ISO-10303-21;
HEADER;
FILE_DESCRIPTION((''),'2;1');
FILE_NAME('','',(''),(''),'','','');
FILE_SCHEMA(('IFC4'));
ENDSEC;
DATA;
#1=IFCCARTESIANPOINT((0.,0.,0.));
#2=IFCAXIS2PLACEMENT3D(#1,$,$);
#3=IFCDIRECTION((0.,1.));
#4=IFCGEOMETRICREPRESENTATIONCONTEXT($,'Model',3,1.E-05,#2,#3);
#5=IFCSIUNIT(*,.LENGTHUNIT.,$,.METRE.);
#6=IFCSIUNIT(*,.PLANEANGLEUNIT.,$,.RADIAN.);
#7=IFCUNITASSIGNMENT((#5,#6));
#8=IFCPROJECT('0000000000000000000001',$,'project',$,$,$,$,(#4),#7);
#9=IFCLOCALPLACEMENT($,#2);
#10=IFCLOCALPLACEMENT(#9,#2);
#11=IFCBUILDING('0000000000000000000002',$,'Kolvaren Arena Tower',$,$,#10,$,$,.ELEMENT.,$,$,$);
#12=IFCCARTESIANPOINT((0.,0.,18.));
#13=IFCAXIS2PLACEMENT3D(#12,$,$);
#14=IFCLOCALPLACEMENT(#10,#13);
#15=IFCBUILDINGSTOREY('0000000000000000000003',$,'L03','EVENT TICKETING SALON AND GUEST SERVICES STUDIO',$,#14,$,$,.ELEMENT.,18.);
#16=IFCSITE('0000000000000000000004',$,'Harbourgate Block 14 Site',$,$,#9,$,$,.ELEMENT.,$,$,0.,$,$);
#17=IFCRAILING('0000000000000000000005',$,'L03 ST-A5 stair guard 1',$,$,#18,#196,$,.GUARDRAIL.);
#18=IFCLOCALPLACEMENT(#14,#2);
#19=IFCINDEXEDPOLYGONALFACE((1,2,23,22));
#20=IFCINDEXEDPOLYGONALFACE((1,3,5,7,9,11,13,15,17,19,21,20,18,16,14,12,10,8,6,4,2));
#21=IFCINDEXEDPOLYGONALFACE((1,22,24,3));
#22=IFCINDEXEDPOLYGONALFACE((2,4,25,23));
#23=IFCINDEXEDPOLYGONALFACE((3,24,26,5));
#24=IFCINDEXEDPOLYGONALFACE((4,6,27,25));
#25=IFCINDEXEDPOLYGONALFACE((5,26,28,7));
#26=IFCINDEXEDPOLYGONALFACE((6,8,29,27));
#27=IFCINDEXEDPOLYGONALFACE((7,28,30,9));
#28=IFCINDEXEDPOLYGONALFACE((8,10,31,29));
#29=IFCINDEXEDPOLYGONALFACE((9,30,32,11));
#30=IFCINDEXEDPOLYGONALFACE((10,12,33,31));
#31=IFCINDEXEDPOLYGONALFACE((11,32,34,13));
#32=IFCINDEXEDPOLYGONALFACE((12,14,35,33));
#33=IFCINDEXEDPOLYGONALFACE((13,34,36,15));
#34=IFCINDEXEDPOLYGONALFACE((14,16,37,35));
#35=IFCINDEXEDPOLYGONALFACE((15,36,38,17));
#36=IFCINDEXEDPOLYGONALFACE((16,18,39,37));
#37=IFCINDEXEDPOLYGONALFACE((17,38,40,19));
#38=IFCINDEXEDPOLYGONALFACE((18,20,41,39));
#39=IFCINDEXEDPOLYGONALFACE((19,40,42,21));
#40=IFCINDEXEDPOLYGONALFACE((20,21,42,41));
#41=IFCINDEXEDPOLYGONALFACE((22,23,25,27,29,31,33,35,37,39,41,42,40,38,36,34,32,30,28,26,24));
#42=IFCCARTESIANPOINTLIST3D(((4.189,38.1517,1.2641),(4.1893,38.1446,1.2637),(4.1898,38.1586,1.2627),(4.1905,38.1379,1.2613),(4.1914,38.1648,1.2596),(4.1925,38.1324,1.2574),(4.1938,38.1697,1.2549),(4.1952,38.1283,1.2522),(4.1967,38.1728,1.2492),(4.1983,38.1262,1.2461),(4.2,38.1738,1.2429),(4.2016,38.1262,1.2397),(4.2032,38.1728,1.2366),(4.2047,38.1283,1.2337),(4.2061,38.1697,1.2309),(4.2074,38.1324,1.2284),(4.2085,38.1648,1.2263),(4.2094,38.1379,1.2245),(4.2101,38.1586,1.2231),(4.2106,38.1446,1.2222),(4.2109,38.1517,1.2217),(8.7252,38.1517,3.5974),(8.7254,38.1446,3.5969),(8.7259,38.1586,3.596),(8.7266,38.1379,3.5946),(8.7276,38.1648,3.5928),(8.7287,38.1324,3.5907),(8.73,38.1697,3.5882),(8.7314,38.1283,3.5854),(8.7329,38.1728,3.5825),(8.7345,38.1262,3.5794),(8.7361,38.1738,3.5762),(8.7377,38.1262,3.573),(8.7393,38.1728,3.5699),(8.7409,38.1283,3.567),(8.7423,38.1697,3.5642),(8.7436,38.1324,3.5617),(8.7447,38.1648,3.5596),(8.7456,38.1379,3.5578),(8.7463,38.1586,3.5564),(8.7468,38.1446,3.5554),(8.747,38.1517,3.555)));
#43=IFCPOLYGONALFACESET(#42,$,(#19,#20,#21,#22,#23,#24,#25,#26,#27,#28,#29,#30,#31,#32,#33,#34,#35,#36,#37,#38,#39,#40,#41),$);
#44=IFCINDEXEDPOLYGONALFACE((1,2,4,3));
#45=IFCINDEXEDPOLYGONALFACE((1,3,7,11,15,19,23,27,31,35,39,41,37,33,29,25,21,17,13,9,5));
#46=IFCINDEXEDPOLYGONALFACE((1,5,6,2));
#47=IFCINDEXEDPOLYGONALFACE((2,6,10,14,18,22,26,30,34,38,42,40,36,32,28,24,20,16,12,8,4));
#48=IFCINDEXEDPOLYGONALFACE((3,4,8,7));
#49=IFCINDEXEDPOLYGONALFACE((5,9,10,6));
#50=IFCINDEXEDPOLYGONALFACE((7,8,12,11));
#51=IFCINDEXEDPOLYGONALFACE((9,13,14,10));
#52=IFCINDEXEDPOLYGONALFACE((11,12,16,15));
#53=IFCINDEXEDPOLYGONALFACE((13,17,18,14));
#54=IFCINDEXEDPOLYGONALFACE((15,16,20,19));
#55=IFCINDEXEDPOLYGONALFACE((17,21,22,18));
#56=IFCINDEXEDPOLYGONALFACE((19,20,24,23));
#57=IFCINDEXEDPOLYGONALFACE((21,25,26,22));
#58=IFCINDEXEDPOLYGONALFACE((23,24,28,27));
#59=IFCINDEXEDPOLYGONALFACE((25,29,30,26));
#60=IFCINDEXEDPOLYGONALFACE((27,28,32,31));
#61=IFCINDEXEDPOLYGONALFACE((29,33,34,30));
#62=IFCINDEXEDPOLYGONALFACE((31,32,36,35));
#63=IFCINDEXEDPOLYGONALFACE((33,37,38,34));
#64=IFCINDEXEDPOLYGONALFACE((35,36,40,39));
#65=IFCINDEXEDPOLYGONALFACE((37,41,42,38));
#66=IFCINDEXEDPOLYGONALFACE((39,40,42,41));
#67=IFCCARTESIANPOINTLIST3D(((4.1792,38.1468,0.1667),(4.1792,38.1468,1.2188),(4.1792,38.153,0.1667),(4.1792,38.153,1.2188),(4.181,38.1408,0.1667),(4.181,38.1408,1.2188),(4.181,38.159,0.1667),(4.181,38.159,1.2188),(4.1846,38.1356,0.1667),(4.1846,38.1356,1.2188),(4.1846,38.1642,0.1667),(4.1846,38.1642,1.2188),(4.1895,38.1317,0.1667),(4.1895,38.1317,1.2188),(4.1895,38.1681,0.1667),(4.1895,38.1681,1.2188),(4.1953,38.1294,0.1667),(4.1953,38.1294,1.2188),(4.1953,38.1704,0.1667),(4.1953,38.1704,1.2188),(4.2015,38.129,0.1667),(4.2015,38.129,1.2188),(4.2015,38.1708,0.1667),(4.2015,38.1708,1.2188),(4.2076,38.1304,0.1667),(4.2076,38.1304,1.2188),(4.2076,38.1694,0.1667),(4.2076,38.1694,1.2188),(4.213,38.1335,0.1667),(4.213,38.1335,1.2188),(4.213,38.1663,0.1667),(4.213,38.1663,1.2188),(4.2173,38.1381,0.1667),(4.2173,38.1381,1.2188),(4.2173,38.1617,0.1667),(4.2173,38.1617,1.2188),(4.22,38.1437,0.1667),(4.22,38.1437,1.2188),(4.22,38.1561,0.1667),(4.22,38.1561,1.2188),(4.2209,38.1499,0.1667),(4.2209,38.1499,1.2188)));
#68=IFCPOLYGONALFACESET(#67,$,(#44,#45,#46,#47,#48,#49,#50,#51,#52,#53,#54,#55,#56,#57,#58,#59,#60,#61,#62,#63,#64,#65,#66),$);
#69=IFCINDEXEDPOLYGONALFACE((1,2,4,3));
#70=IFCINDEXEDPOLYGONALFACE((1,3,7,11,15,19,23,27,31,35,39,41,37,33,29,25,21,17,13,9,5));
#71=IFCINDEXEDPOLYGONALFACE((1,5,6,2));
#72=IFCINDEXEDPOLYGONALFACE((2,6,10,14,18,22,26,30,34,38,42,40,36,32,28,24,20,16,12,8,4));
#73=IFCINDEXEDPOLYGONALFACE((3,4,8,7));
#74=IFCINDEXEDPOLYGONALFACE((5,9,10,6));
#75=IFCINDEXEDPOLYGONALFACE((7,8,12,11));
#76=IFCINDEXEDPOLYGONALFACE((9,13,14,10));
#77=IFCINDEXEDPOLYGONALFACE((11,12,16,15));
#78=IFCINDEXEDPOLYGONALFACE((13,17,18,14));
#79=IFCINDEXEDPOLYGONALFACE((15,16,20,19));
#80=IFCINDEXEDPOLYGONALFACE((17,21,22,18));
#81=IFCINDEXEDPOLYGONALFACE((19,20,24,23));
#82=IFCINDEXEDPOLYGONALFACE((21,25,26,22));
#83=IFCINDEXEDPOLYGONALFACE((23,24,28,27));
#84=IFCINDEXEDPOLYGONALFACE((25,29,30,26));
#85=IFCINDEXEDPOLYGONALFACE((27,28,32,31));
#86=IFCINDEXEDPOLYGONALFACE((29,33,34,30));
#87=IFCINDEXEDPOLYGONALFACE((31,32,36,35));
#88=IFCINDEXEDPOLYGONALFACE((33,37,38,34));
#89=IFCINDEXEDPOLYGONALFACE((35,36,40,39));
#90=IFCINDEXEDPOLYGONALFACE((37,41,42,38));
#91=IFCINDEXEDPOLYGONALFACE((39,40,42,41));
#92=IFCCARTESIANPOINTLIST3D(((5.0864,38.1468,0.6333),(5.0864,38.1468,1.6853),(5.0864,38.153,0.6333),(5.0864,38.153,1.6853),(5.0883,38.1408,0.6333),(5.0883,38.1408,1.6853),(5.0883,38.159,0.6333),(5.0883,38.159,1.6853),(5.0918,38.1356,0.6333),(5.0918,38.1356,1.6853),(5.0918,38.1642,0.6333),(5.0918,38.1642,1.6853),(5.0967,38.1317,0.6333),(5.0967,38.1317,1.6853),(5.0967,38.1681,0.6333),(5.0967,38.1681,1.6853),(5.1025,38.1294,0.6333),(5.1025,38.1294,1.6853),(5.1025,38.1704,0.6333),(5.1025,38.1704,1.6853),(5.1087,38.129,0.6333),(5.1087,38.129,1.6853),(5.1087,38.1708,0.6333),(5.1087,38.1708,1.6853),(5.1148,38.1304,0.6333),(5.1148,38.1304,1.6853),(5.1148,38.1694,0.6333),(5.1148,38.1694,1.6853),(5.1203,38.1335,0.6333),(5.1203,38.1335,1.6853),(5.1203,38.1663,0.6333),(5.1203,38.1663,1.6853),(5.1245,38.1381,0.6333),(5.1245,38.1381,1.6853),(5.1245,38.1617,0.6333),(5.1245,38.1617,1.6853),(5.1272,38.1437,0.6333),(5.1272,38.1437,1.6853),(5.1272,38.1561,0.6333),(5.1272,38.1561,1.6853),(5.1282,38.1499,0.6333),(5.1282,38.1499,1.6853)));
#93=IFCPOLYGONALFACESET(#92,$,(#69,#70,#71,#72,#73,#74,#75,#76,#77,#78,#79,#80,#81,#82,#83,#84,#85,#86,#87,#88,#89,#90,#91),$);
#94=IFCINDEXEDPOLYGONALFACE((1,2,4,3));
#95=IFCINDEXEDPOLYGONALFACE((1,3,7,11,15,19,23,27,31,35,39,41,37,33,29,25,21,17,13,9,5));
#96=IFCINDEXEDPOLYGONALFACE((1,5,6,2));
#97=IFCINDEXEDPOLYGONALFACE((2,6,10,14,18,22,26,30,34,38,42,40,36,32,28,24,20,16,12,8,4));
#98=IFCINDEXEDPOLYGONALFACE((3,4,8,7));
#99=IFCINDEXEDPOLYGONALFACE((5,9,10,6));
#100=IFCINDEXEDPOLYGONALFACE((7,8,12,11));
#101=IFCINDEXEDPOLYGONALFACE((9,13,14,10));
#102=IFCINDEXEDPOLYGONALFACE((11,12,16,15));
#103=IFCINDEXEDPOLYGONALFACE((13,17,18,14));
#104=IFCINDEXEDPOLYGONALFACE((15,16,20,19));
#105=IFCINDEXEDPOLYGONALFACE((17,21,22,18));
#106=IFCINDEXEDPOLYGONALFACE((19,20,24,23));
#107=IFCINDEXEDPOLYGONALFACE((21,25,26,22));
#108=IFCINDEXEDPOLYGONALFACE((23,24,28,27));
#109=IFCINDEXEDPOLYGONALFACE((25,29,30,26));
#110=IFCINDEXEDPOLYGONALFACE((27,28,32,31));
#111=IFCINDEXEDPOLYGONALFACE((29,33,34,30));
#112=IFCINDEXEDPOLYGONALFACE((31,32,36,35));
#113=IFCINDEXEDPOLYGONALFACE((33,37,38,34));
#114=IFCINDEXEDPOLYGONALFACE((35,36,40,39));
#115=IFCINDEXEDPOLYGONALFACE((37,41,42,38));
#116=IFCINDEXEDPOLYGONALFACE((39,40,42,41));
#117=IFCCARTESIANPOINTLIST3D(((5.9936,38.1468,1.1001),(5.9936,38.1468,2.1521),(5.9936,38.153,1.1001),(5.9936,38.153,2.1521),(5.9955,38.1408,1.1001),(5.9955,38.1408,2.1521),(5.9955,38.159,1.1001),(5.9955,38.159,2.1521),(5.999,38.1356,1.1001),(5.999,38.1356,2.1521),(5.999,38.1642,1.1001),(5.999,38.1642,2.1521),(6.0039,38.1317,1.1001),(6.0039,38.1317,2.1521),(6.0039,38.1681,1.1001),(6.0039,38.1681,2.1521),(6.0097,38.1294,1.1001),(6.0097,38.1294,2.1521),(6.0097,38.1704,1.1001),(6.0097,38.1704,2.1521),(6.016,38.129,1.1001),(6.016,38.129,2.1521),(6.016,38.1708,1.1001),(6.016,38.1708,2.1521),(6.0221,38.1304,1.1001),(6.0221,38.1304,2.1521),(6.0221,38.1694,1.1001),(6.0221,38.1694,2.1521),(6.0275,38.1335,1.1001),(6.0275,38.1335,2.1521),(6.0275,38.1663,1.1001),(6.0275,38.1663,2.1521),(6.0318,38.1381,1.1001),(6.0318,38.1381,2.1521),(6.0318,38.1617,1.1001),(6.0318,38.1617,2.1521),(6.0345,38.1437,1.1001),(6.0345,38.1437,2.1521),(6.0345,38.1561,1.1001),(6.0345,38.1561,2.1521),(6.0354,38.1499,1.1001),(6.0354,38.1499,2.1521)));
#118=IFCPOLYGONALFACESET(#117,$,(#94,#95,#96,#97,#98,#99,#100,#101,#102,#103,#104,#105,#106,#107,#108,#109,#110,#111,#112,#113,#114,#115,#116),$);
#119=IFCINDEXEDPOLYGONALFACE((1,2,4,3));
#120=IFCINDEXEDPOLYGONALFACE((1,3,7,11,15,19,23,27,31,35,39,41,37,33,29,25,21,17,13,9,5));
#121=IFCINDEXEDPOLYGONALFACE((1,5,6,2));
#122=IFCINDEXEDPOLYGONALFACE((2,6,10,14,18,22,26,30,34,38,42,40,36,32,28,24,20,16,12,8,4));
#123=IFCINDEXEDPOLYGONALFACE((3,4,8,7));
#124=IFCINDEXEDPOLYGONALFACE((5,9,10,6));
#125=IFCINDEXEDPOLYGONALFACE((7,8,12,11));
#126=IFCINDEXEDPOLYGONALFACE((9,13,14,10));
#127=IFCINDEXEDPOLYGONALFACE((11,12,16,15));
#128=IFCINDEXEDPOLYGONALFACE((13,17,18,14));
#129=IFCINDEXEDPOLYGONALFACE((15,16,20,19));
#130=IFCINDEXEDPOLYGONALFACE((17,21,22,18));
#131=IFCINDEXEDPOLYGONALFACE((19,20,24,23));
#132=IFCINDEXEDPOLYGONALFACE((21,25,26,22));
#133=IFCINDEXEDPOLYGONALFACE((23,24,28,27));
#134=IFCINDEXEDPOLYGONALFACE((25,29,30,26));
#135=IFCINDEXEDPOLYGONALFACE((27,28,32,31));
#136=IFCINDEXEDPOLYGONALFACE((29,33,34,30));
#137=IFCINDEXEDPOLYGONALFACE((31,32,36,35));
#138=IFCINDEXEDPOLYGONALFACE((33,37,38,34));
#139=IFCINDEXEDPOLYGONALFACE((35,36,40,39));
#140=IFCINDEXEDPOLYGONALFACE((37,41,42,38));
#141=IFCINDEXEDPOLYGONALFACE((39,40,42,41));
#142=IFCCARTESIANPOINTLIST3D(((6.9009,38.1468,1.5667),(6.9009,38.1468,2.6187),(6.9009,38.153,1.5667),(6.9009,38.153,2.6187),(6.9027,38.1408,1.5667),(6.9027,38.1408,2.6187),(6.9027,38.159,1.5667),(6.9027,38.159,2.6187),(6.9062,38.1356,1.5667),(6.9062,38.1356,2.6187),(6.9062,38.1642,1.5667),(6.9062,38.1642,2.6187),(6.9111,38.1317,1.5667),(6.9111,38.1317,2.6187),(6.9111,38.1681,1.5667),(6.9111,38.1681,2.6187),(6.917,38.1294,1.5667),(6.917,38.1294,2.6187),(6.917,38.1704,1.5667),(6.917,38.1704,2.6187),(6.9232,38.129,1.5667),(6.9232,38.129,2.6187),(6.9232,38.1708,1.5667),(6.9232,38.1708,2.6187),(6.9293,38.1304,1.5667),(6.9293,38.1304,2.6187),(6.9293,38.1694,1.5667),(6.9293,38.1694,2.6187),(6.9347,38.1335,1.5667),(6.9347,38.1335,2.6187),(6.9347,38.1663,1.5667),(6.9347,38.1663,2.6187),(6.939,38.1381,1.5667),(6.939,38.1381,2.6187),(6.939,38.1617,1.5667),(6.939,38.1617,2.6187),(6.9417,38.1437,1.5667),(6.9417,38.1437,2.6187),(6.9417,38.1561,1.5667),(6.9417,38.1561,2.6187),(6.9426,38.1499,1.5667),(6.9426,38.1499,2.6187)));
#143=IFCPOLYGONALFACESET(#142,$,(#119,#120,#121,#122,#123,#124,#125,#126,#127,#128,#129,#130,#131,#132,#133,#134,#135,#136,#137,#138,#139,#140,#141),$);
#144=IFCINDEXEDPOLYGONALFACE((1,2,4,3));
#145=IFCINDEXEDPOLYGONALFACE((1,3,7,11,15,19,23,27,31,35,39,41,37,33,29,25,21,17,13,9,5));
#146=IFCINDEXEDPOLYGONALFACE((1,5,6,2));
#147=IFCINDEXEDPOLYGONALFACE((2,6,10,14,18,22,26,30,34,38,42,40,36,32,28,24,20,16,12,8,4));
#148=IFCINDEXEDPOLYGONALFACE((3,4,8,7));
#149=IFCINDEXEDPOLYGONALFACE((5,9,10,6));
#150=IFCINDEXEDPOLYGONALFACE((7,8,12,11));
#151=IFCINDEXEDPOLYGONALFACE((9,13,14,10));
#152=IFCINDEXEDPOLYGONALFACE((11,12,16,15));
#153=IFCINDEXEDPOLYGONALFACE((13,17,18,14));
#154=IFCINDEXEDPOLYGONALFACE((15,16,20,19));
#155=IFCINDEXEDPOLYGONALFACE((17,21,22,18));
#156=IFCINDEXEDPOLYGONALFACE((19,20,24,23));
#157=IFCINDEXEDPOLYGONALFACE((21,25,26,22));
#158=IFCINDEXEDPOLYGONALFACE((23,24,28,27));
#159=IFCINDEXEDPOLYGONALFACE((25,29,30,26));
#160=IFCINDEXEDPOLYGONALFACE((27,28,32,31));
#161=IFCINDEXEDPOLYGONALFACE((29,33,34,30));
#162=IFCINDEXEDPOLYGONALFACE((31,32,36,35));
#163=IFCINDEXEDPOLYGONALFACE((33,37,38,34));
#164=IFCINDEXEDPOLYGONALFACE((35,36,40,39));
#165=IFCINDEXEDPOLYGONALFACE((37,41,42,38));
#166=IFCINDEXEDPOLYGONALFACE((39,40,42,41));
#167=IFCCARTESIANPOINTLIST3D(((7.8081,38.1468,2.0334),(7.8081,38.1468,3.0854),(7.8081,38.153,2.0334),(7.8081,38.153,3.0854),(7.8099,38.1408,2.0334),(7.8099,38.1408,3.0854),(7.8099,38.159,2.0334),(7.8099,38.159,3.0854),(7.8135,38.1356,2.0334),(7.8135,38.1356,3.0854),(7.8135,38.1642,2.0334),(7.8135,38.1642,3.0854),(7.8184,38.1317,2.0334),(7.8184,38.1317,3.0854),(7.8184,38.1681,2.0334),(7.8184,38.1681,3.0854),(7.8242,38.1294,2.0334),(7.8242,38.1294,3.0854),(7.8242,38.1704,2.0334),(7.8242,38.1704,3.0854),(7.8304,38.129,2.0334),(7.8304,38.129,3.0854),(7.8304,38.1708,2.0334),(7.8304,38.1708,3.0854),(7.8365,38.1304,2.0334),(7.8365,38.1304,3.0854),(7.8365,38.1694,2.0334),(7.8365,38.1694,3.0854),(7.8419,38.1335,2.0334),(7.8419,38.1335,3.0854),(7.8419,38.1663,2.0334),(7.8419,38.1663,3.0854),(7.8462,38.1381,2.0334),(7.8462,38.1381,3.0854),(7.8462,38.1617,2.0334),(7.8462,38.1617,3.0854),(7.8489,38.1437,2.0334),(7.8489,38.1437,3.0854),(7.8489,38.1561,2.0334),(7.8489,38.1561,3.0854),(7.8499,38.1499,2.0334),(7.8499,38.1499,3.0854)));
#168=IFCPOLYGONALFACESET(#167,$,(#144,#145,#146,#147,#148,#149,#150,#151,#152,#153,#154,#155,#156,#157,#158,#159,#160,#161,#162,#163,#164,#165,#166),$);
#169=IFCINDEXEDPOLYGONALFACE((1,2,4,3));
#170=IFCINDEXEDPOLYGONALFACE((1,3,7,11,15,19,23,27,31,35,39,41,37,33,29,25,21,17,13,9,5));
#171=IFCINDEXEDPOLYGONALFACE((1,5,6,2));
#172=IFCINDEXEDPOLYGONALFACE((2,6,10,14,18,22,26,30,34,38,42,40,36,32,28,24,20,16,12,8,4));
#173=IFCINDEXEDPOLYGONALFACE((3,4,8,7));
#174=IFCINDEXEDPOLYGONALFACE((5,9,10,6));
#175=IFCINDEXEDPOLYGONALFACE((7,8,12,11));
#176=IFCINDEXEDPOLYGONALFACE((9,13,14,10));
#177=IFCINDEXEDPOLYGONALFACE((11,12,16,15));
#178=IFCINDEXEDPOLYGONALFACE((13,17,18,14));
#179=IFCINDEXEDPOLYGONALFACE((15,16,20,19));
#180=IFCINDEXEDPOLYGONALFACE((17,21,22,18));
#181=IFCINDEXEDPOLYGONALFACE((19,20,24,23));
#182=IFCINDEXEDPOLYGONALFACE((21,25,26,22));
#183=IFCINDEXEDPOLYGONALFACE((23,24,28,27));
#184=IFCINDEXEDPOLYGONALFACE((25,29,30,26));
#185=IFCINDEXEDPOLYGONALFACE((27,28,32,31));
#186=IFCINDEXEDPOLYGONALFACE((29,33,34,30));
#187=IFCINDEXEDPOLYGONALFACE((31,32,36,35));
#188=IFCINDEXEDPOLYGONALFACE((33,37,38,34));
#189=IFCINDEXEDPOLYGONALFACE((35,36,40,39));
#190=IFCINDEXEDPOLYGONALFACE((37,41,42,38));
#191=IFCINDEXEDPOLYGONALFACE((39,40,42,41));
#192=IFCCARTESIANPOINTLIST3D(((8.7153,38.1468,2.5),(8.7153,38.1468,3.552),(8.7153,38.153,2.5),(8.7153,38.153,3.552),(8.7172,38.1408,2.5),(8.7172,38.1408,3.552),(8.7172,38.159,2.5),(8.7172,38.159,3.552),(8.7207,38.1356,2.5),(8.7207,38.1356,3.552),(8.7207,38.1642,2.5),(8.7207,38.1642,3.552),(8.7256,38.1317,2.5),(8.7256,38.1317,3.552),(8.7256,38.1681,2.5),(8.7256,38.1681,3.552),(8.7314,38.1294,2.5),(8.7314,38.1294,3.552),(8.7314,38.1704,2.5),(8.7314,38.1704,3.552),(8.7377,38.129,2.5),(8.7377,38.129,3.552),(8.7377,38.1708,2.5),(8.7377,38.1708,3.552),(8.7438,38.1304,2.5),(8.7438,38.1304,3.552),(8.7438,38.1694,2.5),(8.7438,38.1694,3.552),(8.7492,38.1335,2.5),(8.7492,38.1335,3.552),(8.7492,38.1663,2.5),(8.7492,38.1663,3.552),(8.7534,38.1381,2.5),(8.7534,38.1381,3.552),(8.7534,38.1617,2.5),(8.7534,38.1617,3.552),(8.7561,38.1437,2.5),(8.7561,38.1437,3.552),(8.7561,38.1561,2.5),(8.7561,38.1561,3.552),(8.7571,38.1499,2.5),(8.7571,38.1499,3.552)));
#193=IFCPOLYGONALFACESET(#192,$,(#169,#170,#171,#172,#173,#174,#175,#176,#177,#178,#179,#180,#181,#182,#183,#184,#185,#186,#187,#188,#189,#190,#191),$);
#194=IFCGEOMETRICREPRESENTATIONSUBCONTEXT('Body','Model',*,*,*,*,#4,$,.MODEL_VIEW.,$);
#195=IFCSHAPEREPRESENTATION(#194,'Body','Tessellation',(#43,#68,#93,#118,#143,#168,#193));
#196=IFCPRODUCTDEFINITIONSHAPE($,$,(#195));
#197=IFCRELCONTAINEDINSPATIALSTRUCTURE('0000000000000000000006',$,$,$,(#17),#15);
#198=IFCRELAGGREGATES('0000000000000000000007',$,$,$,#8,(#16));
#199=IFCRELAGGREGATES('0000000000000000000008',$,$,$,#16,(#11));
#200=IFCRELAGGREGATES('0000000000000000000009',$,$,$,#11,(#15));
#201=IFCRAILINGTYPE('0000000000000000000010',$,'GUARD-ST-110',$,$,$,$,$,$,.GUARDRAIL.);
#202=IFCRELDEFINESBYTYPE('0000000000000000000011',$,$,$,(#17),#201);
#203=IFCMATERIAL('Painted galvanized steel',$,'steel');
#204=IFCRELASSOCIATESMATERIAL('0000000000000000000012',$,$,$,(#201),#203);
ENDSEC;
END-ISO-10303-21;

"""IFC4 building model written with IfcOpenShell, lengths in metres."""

from ifc_helpers import new_model, si_unit, direction, frame, origin, origin_2d, place, context, subcontext, project, spatial, circle, extrude, material, type_object, element, save


model = new_model("IFC4")

# Units and contexts
model_context = context("Model", 3, precision=1e-05, world=origin(), true_north=direction((0.0, 1.0)))
body_context = subcontext(model_context, "Body", "Model", "MODEL_VIEW")
ifc_project = project(units=[si_unit("LENGTHUNIT", "METRE"), si_unit("PLANEANGLEUNIT", "RADIAN")], contexts=[model_context])

# Site, building, storey
site_placement = place(None, origin())
site = spatial("IfcSite", under=ifc_project, at=site_placement, Name="Harbourgate Block 14 Site", CompositionType="ELEMENT", RefElevation=0.0)
building_placement = place(site_placement, origin())
building = spatial("IfcBuilding", under=site, at=building_placement, Name="Kolvaren Arena Tower", CompositionType="ELEMENT")
storey_placement = place(building_placement, frame((0.0, 0.0, 18.0)))
storey = spatial("IfcBuildingStorey", under=building, at=storey_placement, Name="L03", Description="EVENT TICKETING SALON AND GUEST SERVICES STUDIO", CompositionType="ELEMENT", Elevation=18.0)

# Railing
ifc_material_1 = material(Name="Painted galvanized steel", Category="steel")
railing_type_1 = type_object("IfcRailingType", Name="GUARD-ST-110", PredefinedType="GUARDRAIL", material=ifc_material_1)
railing_1_placement = place(storey_placement, frame((4.2, 38.1499, 0.1667)))
element("IfcRailing", 1, at=railing_1_placement, inside=storey, type_object=railing_type_1, Name="L03 ST-A5 stair guard 1", PredefinedType="GUARDRAIL", context=body_context, shape_type="SweptSolid", body=[
    extrude(circle(Radius=0.0239, at=origin_2d()), frame((0.0, 0.0, 1.0762), z_axis=(0.889257, 0.0, 0.457407), x_axis=(0.0, 1.0, 0.0)), (0.0, 0.0, 1.0), 5.1011),
    extrude(circle(Radius=0.021, at=origin_2d()), origin(), (0.0, 0.0, 1.0), 1.052),
    extrude(circle(Radius=0.021, at=origin_2d()), frame((0.9072, 0.0, 0.4666)), (0.0, 0.0, 1.0), 1.052),
    extrude(circle(Radius=0.021, at=origin_2d()), frame((1.8145, 0.0, 0.9333)), (0.0, 0.0, 1.0), 1.052),
    extrude(circle(Radius=0.021, at=origin_2d()), frame((2.7217, 0.0, 1.3999)), (0.0, 0.0, 1.0), 1.052),
    extrude(circle(Radius=0.021, at=origin_2d()), frame((3.6289, 0.0, 1.8667)), (0.0, 0.0, 1.0), 1.052),
    extrude(circle(Radius=0.021, at=origin_2d()), frame((4.5361, 0.0, 2.3333)), (0.0, 0.0, 1.0), 1.052),
])

save(model, "model.ifc")
